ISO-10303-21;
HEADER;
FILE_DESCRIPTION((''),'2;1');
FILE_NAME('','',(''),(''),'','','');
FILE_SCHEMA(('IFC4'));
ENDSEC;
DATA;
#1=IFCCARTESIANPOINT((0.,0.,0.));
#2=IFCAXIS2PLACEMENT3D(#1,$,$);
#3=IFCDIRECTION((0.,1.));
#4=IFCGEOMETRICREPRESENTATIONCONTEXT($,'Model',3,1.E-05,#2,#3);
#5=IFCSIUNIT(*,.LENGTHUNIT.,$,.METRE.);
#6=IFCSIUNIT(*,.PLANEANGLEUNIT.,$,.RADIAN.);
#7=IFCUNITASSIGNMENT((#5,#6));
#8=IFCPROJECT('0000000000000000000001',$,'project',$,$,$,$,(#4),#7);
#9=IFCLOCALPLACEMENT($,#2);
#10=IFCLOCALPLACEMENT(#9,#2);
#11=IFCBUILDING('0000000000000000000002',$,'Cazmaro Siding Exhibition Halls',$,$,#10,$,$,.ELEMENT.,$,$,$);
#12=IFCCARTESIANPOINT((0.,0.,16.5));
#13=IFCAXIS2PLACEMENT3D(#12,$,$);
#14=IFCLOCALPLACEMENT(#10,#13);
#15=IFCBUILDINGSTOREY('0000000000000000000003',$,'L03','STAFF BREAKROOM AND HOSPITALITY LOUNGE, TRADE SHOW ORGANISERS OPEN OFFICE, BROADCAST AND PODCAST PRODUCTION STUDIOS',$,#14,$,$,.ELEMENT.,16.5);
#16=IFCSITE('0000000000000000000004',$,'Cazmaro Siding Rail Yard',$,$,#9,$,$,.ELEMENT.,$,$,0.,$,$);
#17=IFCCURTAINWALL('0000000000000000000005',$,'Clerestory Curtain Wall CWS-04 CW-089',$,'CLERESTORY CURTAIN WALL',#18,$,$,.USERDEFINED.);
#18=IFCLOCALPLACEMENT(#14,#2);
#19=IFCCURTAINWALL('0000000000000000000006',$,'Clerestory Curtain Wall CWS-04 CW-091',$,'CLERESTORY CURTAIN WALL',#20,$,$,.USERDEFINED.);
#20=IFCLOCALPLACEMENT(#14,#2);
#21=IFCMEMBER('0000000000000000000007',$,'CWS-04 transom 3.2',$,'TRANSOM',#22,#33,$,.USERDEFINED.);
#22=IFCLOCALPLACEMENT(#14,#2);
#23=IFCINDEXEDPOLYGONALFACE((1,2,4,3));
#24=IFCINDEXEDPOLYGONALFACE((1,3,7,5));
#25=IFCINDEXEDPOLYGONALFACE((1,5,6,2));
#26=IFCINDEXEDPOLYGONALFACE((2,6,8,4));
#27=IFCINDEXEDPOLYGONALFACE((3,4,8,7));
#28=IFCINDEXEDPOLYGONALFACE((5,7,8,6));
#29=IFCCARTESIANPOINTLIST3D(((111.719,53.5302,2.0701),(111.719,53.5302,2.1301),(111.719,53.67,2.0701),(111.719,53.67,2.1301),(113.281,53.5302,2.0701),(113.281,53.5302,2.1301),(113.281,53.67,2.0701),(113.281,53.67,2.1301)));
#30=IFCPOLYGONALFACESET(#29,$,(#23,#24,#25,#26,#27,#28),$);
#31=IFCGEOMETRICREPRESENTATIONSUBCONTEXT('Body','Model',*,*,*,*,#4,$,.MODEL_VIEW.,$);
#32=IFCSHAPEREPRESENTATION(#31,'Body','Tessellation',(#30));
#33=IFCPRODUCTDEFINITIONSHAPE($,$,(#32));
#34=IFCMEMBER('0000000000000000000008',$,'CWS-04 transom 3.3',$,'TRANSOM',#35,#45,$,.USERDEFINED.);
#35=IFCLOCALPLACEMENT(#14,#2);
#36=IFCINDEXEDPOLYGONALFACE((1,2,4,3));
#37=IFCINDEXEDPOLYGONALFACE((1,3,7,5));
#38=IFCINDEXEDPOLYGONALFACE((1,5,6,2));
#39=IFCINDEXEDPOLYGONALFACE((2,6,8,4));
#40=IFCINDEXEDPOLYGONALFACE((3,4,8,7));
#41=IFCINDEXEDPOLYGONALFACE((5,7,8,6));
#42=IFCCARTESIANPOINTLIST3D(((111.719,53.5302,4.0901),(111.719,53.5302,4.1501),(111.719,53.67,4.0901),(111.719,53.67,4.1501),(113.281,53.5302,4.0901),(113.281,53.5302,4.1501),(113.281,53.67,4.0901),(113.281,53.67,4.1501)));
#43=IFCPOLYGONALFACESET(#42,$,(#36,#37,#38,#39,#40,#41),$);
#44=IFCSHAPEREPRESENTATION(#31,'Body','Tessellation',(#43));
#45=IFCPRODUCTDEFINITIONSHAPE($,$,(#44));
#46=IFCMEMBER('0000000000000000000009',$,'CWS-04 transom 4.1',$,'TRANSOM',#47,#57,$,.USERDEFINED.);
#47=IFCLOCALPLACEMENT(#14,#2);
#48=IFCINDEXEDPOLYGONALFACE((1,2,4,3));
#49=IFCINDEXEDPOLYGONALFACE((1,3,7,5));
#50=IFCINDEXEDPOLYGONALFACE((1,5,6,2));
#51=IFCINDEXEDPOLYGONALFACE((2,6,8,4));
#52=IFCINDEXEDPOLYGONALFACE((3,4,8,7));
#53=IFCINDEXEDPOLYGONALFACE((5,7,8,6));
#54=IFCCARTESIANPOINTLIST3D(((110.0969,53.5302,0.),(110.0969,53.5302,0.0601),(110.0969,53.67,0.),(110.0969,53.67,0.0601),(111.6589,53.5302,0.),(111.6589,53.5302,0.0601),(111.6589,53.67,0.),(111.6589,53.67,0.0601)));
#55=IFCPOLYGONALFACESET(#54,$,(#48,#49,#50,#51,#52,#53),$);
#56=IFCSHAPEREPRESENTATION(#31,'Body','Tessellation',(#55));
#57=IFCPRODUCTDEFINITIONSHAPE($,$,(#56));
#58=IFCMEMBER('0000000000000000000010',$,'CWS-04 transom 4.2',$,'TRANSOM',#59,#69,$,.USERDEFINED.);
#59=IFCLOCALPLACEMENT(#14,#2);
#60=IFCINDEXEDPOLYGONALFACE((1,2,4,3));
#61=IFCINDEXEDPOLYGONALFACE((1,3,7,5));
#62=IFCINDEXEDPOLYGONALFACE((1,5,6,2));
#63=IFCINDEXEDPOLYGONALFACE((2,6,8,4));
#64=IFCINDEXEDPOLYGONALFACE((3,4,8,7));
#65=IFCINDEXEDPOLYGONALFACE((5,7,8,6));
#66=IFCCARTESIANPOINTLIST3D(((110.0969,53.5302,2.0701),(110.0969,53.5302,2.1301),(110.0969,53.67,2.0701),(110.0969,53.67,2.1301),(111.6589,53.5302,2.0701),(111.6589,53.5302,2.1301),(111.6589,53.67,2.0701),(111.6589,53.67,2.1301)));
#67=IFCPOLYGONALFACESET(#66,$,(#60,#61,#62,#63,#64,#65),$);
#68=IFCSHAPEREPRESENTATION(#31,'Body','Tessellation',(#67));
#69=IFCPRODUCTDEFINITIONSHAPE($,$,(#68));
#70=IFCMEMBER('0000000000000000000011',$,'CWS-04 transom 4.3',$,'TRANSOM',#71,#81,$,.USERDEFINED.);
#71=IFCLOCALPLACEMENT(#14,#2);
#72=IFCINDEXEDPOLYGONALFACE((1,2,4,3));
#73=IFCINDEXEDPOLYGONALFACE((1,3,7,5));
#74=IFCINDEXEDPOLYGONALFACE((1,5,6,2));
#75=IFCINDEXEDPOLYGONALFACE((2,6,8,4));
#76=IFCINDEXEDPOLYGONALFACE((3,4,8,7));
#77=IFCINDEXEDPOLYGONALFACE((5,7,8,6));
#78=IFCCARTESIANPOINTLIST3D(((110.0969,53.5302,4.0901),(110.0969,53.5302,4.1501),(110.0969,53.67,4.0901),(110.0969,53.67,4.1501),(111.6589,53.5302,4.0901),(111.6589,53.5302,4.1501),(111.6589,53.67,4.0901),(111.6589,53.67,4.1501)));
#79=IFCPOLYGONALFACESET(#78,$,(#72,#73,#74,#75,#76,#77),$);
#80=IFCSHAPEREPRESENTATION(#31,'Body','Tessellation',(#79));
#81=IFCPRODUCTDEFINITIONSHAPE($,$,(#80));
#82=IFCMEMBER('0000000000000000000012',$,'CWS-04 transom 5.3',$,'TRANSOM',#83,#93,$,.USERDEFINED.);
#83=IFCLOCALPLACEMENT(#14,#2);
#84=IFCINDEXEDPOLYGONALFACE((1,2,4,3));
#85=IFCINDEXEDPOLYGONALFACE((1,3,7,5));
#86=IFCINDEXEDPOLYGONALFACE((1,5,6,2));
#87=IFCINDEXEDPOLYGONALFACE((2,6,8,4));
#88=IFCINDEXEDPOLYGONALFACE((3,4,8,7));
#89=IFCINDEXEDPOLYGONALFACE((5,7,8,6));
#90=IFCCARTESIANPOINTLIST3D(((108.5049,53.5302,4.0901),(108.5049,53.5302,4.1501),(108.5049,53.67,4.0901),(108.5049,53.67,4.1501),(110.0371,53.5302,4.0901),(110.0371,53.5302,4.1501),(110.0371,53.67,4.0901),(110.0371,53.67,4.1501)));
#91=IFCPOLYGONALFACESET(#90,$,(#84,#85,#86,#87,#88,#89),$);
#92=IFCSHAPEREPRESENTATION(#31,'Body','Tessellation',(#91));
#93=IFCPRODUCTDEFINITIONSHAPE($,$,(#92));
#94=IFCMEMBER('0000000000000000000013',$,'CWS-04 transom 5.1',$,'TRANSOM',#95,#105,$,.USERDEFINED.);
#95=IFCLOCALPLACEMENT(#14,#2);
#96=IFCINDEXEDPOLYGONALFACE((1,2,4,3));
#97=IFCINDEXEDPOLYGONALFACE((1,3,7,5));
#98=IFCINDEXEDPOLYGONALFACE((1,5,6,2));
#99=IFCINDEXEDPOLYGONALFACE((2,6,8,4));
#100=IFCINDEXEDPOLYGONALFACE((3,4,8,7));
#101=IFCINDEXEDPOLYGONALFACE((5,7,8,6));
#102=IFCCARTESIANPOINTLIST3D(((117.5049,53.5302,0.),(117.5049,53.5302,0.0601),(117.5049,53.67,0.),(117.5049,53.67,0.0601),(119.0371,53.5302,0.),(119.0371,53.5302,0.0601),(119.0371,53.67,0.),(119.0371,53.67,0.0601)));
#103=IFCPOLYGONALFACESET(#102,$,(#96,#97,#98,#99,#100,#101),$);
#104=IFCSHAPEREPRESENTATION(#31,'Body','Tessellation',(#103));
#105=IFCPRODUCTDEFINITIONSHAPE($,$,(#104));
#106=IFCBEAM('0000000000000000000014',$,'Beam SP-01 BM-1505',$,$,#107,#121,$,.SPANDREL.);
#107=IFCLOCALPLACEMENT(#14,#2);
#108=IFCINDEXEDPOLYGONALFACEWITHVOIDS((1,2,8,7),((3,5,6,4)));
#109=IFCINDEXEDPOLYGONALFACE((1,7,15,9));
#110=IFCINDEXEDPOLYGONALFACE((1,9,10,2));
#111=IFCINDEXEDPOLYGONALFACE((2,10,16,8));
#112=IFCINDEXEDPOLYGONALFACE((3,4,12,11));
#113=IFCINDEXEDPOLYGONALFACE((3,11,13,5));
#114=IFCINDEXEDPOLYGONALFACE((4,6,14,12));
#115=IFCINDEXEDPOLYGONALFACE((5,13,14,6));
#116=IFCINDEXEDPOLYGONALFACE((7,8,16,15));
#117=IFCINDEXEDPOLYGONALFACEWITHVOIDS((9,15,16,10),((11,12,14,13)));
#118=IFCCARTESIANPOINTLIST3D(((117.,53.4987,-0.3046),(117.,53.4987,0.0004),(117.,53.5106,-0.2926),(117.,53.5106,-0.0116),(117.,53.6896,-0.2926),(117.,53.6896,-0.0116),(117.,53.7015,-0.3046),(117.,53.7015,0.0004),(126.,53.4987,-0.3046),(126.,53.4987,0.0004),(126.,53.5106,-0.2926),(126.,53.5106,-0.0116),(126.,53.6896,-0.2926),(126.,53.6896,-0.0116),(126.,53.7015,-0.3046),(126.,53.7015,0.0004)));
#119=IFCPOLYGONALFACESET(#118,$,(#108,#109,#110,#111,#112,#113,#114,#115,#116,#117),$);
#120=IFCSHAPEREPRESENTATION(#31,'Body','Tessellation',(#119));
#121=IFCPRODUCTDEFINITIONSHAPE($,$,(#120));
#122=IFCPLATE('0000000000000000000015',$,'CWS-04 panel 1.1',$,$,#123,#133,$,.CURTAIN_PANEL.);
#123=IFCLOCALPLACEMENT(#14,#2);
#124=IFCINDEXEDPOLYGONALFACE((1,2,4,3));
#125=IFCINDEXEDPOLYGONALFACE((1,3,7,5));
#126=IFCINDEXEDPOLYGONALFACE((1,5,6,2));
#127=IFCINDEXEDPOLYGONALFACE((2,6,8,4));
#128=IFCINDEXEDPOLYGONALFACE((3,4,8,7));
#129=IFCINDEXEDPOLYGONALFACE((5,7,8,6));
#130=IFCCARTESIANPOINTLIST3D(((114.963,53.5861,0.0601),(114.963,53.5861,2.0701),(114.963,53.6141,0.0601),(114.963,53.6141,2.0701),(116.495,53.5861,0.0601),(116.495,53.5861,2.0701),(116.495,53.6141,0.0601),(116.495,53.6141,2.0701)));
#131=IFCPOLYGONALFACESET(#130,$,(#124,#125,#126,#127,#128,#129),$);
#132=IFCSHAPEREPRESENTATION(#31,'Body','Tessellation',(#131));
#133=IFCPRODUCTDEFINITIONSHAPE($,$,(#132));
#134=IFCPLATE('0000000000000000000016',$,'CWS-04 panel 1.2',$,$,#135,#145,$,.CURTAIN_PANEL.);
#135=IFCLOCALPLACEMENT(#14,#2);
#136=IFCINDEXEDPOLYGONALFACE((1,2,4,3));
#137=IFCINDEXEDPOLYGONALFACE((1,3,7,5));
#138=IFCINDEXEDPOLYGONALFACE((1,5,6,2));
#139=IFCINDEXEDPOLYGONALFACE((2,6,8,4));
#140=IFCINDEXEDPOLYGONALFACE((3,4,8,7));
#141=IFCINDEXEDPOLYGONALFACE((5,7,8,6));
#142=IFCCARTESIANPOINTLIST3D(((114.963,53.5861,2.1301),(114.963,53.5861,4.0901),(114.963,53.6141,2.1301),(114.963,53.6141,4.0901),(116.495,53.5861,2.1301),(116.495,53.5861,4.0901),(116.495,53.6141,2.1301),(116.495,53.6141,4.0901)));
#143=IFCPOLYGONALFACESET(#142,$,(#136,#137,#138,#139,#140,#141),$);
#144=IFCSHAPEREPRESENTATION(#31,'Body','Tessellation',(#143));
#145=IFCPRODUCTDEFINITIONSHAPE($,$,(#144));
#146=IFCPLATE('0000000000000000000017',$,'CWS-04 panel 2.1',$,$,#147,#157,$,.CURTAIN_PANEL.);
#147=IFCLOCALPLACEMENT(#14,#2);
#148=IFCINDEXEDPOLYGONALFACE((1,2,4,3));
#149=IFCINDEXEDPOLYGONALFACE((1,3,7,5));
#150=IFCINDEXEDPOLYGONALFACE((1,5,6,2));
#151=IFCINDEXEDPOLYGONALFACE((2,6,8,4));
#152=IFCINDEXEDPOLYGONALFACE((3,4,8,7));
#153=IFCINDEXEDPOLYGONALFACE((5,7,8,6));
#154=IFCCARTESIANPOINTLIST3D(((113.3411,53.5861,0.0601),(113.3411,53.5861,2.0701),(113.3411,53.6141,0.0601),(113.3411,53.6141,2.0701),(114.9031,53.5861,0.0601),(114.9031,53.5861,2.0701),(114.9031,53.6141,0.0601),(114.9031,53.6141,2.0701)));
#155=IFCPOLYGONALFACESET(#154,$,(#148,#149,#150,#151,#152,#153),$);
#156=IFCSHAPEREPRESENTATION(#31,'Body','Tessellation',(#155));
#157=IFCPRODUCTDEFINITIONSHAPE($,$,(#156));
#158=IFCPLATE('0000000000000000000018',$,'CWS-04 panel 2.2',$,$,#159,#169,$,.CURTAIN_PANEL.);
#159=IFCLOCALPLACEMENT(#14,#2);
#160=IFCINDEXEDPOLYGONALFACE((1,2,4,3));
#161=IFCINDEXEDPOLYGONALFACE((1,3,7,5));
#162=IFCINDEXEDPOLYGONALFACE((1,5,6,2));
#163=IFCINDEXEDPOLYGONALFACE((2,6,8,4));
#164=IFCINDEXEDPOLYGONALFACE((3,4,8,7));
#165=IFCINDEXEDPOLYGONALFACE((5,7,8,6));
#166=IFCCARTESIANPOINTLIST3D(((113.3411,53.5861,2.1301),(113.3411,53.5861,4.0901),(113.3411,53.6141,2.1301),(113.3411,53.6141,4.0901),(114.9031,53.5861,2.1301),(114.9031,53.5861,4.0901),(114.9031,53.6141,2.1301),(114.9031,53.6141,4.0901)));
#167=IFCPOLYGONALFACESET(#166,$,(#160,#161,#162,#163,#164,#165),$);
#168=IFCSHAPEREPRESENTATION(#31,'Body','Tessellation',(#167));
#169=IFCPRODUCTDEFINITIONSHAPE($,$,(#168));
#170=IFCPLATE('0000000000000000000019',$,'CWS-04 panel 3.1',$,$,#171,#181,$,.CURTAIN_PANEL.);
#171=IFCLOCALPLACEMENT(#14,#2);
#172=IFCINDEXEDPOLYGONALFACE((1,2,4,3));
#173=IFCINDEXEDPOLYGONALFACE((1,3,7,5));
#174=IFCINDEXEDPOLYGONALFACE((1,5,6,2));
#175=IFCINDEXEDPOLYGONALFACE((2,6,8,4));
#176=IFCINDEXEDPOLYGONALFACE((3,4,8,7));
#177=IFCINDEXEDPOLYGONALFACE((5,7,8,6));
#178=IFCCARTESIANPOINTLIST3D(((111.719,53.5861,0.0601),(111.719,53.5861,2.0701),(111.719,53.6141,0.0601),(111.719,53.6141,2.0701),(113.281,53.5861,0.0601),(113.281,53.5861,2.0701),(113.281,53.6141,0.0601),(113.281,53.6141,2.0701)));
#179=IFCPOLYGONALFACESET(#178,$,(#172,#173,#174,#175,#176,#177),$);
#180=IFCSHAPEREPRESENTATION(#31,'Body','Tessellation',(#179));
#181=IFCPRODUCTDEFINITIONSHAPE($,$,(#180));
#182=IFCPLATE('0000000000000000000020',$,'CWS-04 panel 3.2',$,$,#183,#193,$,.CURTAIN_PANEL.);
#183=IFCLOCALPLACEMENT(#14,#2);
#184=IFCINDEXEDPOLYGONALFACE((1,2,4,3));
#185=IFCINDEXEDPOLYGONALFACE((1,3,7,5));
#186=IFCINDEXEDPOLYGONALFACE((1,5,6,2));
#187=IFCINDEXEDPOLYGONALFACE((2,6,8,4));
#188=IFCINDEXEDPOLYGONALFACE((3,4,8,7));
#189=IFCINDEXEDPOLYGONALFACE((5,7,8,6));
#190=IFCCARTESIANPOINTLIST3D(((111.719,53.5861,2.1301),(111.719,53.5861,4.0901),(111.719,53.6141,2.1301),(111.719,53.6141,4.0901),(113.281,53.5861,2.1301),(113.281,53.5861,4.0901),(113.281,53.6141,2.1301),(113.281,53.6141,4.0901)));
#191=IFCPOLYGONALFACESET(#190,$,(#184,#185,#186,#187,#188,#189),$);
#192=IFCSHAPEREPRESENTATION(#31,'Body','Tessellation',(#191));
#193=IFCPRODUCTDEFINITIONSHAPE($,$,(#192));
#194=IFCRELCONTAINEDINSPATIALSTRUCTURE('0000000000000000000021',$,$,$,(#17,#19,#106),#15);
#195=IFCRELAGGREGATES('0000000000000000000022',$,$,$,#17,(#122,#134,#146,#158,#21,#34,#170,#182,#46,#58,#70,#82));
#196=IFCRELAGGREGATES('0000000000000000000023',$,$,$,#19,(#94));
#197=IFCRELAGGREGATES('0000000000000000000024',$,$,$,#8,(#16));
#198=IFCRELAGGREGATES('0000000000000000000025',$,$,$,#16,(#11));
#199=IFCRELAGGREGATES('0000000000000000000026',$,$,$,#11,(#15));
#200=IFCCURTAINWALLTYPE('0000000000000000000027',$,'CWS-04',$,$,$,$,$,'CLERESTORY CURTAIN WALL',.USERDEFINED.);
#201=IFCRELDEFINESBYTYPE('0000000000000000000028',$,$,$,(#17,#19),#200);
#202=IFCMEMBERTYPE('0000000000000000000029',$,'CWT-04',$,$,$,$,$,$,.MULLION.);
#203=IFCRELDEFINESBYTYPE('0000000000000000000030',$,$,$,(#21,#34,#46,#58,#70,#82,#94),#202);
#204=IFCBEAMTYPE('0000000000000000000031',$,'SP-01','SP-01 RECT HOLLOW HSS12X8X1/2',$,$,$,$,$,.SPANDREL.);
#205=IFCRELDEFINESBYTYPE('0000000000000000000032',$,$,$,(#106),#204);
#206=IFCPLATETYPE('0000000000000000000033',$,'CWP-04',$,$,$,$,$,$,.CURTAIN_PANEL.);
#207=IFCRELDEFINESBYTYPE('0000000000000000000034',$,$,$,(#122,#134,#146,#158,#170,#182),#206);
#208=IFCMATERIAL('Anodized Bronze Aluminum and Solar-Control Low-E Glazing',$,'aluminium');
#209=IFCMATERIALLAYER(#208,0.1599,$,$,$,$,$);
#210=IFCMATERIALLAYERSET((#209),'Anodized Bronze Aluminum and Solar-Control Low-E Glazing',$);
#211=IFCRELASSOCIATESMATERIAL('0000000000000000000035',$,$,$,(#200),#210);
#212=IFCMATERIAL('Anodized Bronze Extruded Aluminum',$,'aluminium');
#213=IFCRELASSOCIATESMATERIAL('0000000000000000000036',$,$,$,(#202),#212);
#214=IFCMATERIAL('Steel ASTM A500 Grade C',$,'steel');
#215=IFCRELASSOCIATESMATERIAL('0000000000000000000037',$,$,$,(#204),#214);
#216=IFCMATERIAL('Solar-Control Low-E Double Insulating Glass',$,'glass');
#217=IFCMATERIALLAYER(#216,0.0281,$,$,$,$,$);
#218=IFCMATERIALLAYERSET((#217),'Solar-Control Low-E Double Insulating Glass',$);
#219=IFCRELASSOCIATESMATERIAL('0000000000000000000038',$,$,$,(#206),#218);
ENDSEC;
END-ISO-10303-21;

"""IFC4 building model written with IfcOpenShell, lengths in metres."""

from ifc_helpers import new_model, si_unit, direction, frame, origin, origin_2d, place, context, subcontext, project, spatial, rectangle, hollow_rectangle, extrude, material, layer, layer_set, material_profile, profile_set, type_object, element, aggregate, save


model = new_model("IFC4")

# Units and contexts
model_context = context("Model", 3, precision=1e-05, world=origin(), true_north=direction((0.0, 1.0)))
body_context = subcontext(model_context, "Body", "Model", "MODEL_VIEW")
ifc_project = project(units=[si_unit("LENGTHUNIT", "METRE"), si_unit("PLANEANGLEUNIT", "RADIAN")], contexts=[model_context])

# Site, building, storey
site_placement = place(None, origin())
site = spatial("IfcSite", under=ifc_project, at=site_placement, Name="Cazmaro Siding Rail Yard", CompositionType="ELEMENT", RefElevation=0.0)
building_placement = place(site_placement, origin())
building = spatial("IfcBuilding", under=site, at=building_placement, Name="Cazmaro Siding Exhibition Halls", CompositionType="ELEMENT")
storey_placement = place(building_placement, frame((0.0, 0.0, 16.5)))
storey = spatial("IfcBuildingStorey", under=building, at=storey_placement, Name="L03", Description="STAFF BREAKROOM AND HOSPITALITY LOUNGE, TRADE SHOW ORGANISERS OPEN OFFICE, BROADCAST AND PODCAST PRODUCTION STUDIOS", CompositionType="ELEMENT", Elevation=16.5)

# Curtain wall
ifc_material_1 = material(Name="Anodized Bronze Aluminum and Solar-Control Low-E Glazing", Category="aluminium")
ifc_layer_1 = layer(ifc_material_1, 0.1599)
ifc_layer_set_1 = layer_set([ifc_layer_1], Name="Anodized Bronze Aluminum and Solar-Control Low-E Glazing")
curtain_wall_type = type_object("IfcCurtainWallType", Name="CWS-04", ElementType="CLERESTORY CURTAIN WALL", PredefinedType="USERDEFINED", material=ifc_layer_set_1)
curtain_wall_1_placement = place(storey_placement, origin())
curtain_wall_1 = element("IfcCurtainWall", 1, at=curtain_wall_1_placement, inside=storey, type_object=curtain_wall_type, Name="Clerestory Curtain Wall CWS-04 CW-089", ObjectType="CLERESTORY CURTAIN WALL", PredefinedType="USERDEFINED")

# Curtain wall
curtain_wall_2_placement = place(storey_placement, origin())
curtain_wall_2 = element("IfcCurtainWall", 2, at=curtain_wall_2_placement, inside=storey, type_object=curtain_wall_type, Name="Clerestory Curtain Wall CWS-04 CW-091", ObjectType="CLERESTORY CURTAIN WALL", PredefinedType="USERDEFINED")

# Members
ifc_material_2 = material(Name="Anodized Bronze Extruded Aluminum", Category="aluminium")
ifc_material_profile_1 = material_profile(ifc_material_2, rectangle(XDim=0.1399, YDim=0.0601, at=origin_2d()), Name="CWT-04")
ifc_profile_set_1 = profile_set([ifc_material_profile_1], Name="Anodized Bronze Extruded Aluminum")
member_type_1 = type_object("IfcMemberType", Name="CWT-04", PredefinedType="MULLION", material=ifc_profile_set_1)
member_1_placement = place(storey_placement, frame((113.281, 53.6001, 2.1001), z_axis=(-1.0, 0.0, 0.0), x_axis=(0.0, -1.0, 0.0)))
member_1 = element("IfcMember", 3, at=member_1_placement, type_object=member_type_1, Name="CWS-04 transom 3.2", ObjectType="TRANSOM", PredefinedType="USERDEFINED", context=body_context, shape_type="SweptSolid", body=[
    extrude(rectangle(XDim=0.1399, YDim=0.0601, at=origin_2d()), origin(), (0.0, 0.0, 1.0), 1.562),
])
member_2_placement = place(storey_placement, frame((113.281, 53.6001, 4.1201), z_axis=(-1.0, 0.0, 0.0), x_axis=(0.0, -1.0, 0.0)))
member_2 = element("IfcMember", 4, at=member_2_placement, type_object=member_type_1, Name="CWS-04 transom 3.3", ObjectType="TRANSOM", PredefinedType="USERDEFINED", context=body_context, shape_type="SweptSolid", body=[
    extrude(rectangle(XDim=0.1399, YDim=0.0601, at=origin_2d()), origin(), (0.0, 0.0, 1.0), 1.562),
])
member_3_placement = place(storey_placement, frame((111.6589, 53.6001, 0.03), z_axis=(-1.0, 0.0, 0.0), x_axis=(0.0, -1.0, 0.0)))
member_3 = element("IfcMember", 5, at=member_3_placement, type_object=member_type_1, Name="CWS-04 transom 4.1", ObjectType="TRANSOM", PredefinedType="USERDEFINED", context=body_context, shape_type="SweptSolid", body=[
    extrude(rectangle(XDim=0.1399, YDim=0.0601, at=origin_2d()), origin(), (0.0, 0.0, 1.0), 1.562),
])
member_4_placement = place(storey_placement, frame((111.6589, 53.6001, 2.1001), z_axis=(-1.0, 0.0, 0.0), x_axis=(0.0, -1.0, 0.0)))
member_4 = element("IfcMember", 6, at=member_4_placement, type_object=member_type_1, Name="CWS-04 transom 4.2", ObjectType="TRANSOM", PredefinedType="USERDEFINED", context=body_context, shape_type="SweptSolid", body=[
    extrude(rectangle(XDim=0.1399, YDim=0.0601, at=origin_2d()), origin(), (0.0, 0.0, 1.0), 1.562),
])
member_5_placement = place(storey_placement, frame((111.6589, 53.6001, 4.1201), z_axis=(-1.0, 0.0, 0.0), x_axis=(0.0, -1.0, 0.0)))
member_5 = element("IfcMember", 7, at=member_5_placement, type_object=member_type_1, Name="CWS-04 transom 4.3", ObjectType="TRANSOM", PredefinedType="USERDEFINED", context=body_context, shape_type="SweptSolid", body=[
    extrude(rectangle(XDim=0.1399, YDim=0.0601, at=origin_2d()), origin(), (0.0, 0.0, 1.0), 1.562),
])
member_6_placement = place(storey_placement, frame((110.0371, 53.6001, 4.1201), z_axis=(-1.0, 0.0, 0.0), x_axis=(0.0, -1.0, 0.0)))
member_6 = element("IfcMember", 8, at=member_6_placement, type_object=member_type_1, Name="CWS-04 transom 5.3", ObjectType="TRANSOM", PredefinedType="USERDEFINED", context=body_context, shape_type="SweptSolid", body=[
    extrude(rectangle(XDim=0.1399, YDim=0.0601, at=origin_2d()), origin(), (0.0, 0.0, 1.0), 1.5322),
])
member_7_placement = place(storey_placement, frame((119.0371, 53.6001, 0.03), z_axis=(-1.0, 0.0, 0.0), x_axis=(0.0, -1.0, 0.0)))
member_7 = element("IfcMember", 9, at=member_7_placement, type_object=member_type_1, Name="CWS-04 transom 5.1", ObjectType="TRANSOM", PredefinedType="USERDEFINED", context=body_context, shape_type="SweptSolid", body=[
    extrude(rectangle(XDim=0.1399, YDim=0.0601, at=origin_2d()), origin(), (0.0, 0.0, 1.0), 1.5322),
])

# Beam
ifc_material_3 = material(Name="Steel ASTM A500 Grade C", Category="steel")
ifc_material_profile_2 = material_profile(ifc_material_3, hollow_rectangle(XDim=0.2029, YDim=0.3049, WallThickness=0.012, at=origin_2d()), Name="HSS12X8X1/2")
ifc_profile_set_2 = profile_set([ifc_material_profile_2], Name="Steel ASTM A500 Grade C")
beam_type = type_object("IfcBeamType", Name="SP-01", Description="SP-01 RECT HOLLOW HSS12X8X1/2", PredefinedType="SPANDREL", material=ifc_profile_set_2)
beam_placement = place(storey_placement, frame((117.0, 53.6001, -0.1521), z_axis=(1.0, 0.0, 0.0), x_axis=(0.0, 1.0, 0.0)))
element("IfcBeam", 10, at=beam_placement, inside=storey, type_object=beam_type, Name="Beam SP-01 BM-1505", PredefinedType="SPANDREL", context=body_context, shape_type="SweptSolid", body=[
    extrude(hollow_rectangle(XDim=0.2029, YDim=0.3049, WallThickness=0.012, at=origin_2d()), origin(), (0.0, 0.0, 1.0), 9.0),
])

# Plates
ifc_material_4 = material(Name="Solar-Control Low-E Double Insulating Glass", Category="glass")
ifc_layer_2 = layer(ifc_material_4, 0.0281)
ifc_layer_set_2 = layer_set([ifc_layer_2], Name="Solar-Control Low-E Double Insulating Glass")
plate_type = type_object("IfcPlateType", Name="CWP-04", PredefinedType="CURTAIN_PANEL", material=ifc_layer_set_2)
plate_1_placement = place(storey_placement, frame((115.729, 53.6001, 0.0601), z_axis=(0.0, 0.0, 1.0), x_axis=(-1.0, 0.0, 0.0)))
plate_1 = element("IfcPlate", 11, at=plate_1_placement, type_object=plate_type, Name="CWS-04 panel 1.1", PredefinedType="CURTAIN_PANEL", context=body_context, shape_type="SweptSolid", body=[
    extrude(rectangle(XDim=1.532, YDim=0.0281, at=origin_2d()), origin(), (0.0, 0.0, 1.0), 2.01),
])
plate_2_placement = place(storey_placement, frame((115.729, 53.6001, 2.1301), z_axis=(0.0, 0.0, 1.0), x_axis=(-1.0, 0.0, 0.0)))
plate_2 = element("IfcPlate", 12, at=plate_2_placement, type_object=plate_type, Name="CWS-04 panel 1.2", PredefinedType="CURTAIN_PANEL", context=body_context, shape_type="SweptSolid", body=[
    extrude(rectangle(XDim=1.532, YDim=0.0281, at=origin_2d()), origin(), (0.0, 0.0, 1.0), 1.96),
])
plate_3_placement = place(storey_placement, frame((114.1221, 53.6001, 0.0601), z_axis=(0.0, 0.0, 1.0), x_axis=(-1.0, 0.0, 0.0)))
plate_3 = element("IfcPlate", 13, at=plate_3_placement, type_object=plate_type, Name="CWS-04 panel 2.1", PredefinedType="CURTAIN_PANEL", context=body_context, shape_type="SweptSolid", body=[
    extrude(rectangle(XDim=1.562, YDim=0.0281, at=origin_2d()), origin(), (0.0, 0.0, 1.0), 2.01),
])
plate_4_placement = place(storey_placement, frame((114.1221, 53.6001, 2.1301), z_axis=(0.0, 0.0, 1.0), x_axis=(-1.0, 0.0, 0.0)))
plate_4 = element("IfcPlate", 14, at=plate_4_placement, type_object=plate_type, Name="CWS-04 panel 2.2", PredefinedType="CURTAIN_PANEL", context=body_context, shape_type="SweptSolid", body=[
    extrude(rectangle(XDim=1.562, YDim=0.0281, at=origin_2d()), origin(), (0.0, 0.0, 1.0), 1.96),
])
plate_5_placement = place(storey_placement, frame((112.5, 53.6001, 0.0601), z_axis=(0.0, 0.0, 1.0), x_axis=(-1.0, 0.0, 0.0)))
plate_5 = element("IfcPlate", 15, at=plate_5_placement, type_object=plate_type, Name="CWS-04 panel 3.1", PredefinedType="CURTAIN_PANEL", context=body_context, shape_type="SweptSolid", body=[
    extrude(rectangle(XDim=1.562, YDim=0.0281, at=origin_2d()), origin(), (0.0, 0.0, 1.0), 2.01),
])
plate_6_placement = place(storey_placement, frame((112.5, 53.6001, 2.1301), z_axis=(0.0, 0.0, 1.0), x_axis=(-1.0, 0.0, 0.0)))
plate_6 = element("IfcPlate", 16, at=plate_6_placement, type_object=plate_type, Name="CWS-04 panel 3.2", PredefinedType="CURTAIN_PANEL", context=body_context, shape_type="SweptSolid", body=[
    extrude(rectangle(XDim=1.562, YDim=0.0281, at=origin_2d()), origin(), (0.0, 0.0, 1.0), 1.96),
])
aggregate(curtain_wall_1, [plate_1, plate_2, plate_3, plate_4, member_1, member_2, plate_5, plate_6, member_3, member_4, member_5, member_6])
aggregate(curtain_wall_2, [member_7])

save(model, "model.ifc")
